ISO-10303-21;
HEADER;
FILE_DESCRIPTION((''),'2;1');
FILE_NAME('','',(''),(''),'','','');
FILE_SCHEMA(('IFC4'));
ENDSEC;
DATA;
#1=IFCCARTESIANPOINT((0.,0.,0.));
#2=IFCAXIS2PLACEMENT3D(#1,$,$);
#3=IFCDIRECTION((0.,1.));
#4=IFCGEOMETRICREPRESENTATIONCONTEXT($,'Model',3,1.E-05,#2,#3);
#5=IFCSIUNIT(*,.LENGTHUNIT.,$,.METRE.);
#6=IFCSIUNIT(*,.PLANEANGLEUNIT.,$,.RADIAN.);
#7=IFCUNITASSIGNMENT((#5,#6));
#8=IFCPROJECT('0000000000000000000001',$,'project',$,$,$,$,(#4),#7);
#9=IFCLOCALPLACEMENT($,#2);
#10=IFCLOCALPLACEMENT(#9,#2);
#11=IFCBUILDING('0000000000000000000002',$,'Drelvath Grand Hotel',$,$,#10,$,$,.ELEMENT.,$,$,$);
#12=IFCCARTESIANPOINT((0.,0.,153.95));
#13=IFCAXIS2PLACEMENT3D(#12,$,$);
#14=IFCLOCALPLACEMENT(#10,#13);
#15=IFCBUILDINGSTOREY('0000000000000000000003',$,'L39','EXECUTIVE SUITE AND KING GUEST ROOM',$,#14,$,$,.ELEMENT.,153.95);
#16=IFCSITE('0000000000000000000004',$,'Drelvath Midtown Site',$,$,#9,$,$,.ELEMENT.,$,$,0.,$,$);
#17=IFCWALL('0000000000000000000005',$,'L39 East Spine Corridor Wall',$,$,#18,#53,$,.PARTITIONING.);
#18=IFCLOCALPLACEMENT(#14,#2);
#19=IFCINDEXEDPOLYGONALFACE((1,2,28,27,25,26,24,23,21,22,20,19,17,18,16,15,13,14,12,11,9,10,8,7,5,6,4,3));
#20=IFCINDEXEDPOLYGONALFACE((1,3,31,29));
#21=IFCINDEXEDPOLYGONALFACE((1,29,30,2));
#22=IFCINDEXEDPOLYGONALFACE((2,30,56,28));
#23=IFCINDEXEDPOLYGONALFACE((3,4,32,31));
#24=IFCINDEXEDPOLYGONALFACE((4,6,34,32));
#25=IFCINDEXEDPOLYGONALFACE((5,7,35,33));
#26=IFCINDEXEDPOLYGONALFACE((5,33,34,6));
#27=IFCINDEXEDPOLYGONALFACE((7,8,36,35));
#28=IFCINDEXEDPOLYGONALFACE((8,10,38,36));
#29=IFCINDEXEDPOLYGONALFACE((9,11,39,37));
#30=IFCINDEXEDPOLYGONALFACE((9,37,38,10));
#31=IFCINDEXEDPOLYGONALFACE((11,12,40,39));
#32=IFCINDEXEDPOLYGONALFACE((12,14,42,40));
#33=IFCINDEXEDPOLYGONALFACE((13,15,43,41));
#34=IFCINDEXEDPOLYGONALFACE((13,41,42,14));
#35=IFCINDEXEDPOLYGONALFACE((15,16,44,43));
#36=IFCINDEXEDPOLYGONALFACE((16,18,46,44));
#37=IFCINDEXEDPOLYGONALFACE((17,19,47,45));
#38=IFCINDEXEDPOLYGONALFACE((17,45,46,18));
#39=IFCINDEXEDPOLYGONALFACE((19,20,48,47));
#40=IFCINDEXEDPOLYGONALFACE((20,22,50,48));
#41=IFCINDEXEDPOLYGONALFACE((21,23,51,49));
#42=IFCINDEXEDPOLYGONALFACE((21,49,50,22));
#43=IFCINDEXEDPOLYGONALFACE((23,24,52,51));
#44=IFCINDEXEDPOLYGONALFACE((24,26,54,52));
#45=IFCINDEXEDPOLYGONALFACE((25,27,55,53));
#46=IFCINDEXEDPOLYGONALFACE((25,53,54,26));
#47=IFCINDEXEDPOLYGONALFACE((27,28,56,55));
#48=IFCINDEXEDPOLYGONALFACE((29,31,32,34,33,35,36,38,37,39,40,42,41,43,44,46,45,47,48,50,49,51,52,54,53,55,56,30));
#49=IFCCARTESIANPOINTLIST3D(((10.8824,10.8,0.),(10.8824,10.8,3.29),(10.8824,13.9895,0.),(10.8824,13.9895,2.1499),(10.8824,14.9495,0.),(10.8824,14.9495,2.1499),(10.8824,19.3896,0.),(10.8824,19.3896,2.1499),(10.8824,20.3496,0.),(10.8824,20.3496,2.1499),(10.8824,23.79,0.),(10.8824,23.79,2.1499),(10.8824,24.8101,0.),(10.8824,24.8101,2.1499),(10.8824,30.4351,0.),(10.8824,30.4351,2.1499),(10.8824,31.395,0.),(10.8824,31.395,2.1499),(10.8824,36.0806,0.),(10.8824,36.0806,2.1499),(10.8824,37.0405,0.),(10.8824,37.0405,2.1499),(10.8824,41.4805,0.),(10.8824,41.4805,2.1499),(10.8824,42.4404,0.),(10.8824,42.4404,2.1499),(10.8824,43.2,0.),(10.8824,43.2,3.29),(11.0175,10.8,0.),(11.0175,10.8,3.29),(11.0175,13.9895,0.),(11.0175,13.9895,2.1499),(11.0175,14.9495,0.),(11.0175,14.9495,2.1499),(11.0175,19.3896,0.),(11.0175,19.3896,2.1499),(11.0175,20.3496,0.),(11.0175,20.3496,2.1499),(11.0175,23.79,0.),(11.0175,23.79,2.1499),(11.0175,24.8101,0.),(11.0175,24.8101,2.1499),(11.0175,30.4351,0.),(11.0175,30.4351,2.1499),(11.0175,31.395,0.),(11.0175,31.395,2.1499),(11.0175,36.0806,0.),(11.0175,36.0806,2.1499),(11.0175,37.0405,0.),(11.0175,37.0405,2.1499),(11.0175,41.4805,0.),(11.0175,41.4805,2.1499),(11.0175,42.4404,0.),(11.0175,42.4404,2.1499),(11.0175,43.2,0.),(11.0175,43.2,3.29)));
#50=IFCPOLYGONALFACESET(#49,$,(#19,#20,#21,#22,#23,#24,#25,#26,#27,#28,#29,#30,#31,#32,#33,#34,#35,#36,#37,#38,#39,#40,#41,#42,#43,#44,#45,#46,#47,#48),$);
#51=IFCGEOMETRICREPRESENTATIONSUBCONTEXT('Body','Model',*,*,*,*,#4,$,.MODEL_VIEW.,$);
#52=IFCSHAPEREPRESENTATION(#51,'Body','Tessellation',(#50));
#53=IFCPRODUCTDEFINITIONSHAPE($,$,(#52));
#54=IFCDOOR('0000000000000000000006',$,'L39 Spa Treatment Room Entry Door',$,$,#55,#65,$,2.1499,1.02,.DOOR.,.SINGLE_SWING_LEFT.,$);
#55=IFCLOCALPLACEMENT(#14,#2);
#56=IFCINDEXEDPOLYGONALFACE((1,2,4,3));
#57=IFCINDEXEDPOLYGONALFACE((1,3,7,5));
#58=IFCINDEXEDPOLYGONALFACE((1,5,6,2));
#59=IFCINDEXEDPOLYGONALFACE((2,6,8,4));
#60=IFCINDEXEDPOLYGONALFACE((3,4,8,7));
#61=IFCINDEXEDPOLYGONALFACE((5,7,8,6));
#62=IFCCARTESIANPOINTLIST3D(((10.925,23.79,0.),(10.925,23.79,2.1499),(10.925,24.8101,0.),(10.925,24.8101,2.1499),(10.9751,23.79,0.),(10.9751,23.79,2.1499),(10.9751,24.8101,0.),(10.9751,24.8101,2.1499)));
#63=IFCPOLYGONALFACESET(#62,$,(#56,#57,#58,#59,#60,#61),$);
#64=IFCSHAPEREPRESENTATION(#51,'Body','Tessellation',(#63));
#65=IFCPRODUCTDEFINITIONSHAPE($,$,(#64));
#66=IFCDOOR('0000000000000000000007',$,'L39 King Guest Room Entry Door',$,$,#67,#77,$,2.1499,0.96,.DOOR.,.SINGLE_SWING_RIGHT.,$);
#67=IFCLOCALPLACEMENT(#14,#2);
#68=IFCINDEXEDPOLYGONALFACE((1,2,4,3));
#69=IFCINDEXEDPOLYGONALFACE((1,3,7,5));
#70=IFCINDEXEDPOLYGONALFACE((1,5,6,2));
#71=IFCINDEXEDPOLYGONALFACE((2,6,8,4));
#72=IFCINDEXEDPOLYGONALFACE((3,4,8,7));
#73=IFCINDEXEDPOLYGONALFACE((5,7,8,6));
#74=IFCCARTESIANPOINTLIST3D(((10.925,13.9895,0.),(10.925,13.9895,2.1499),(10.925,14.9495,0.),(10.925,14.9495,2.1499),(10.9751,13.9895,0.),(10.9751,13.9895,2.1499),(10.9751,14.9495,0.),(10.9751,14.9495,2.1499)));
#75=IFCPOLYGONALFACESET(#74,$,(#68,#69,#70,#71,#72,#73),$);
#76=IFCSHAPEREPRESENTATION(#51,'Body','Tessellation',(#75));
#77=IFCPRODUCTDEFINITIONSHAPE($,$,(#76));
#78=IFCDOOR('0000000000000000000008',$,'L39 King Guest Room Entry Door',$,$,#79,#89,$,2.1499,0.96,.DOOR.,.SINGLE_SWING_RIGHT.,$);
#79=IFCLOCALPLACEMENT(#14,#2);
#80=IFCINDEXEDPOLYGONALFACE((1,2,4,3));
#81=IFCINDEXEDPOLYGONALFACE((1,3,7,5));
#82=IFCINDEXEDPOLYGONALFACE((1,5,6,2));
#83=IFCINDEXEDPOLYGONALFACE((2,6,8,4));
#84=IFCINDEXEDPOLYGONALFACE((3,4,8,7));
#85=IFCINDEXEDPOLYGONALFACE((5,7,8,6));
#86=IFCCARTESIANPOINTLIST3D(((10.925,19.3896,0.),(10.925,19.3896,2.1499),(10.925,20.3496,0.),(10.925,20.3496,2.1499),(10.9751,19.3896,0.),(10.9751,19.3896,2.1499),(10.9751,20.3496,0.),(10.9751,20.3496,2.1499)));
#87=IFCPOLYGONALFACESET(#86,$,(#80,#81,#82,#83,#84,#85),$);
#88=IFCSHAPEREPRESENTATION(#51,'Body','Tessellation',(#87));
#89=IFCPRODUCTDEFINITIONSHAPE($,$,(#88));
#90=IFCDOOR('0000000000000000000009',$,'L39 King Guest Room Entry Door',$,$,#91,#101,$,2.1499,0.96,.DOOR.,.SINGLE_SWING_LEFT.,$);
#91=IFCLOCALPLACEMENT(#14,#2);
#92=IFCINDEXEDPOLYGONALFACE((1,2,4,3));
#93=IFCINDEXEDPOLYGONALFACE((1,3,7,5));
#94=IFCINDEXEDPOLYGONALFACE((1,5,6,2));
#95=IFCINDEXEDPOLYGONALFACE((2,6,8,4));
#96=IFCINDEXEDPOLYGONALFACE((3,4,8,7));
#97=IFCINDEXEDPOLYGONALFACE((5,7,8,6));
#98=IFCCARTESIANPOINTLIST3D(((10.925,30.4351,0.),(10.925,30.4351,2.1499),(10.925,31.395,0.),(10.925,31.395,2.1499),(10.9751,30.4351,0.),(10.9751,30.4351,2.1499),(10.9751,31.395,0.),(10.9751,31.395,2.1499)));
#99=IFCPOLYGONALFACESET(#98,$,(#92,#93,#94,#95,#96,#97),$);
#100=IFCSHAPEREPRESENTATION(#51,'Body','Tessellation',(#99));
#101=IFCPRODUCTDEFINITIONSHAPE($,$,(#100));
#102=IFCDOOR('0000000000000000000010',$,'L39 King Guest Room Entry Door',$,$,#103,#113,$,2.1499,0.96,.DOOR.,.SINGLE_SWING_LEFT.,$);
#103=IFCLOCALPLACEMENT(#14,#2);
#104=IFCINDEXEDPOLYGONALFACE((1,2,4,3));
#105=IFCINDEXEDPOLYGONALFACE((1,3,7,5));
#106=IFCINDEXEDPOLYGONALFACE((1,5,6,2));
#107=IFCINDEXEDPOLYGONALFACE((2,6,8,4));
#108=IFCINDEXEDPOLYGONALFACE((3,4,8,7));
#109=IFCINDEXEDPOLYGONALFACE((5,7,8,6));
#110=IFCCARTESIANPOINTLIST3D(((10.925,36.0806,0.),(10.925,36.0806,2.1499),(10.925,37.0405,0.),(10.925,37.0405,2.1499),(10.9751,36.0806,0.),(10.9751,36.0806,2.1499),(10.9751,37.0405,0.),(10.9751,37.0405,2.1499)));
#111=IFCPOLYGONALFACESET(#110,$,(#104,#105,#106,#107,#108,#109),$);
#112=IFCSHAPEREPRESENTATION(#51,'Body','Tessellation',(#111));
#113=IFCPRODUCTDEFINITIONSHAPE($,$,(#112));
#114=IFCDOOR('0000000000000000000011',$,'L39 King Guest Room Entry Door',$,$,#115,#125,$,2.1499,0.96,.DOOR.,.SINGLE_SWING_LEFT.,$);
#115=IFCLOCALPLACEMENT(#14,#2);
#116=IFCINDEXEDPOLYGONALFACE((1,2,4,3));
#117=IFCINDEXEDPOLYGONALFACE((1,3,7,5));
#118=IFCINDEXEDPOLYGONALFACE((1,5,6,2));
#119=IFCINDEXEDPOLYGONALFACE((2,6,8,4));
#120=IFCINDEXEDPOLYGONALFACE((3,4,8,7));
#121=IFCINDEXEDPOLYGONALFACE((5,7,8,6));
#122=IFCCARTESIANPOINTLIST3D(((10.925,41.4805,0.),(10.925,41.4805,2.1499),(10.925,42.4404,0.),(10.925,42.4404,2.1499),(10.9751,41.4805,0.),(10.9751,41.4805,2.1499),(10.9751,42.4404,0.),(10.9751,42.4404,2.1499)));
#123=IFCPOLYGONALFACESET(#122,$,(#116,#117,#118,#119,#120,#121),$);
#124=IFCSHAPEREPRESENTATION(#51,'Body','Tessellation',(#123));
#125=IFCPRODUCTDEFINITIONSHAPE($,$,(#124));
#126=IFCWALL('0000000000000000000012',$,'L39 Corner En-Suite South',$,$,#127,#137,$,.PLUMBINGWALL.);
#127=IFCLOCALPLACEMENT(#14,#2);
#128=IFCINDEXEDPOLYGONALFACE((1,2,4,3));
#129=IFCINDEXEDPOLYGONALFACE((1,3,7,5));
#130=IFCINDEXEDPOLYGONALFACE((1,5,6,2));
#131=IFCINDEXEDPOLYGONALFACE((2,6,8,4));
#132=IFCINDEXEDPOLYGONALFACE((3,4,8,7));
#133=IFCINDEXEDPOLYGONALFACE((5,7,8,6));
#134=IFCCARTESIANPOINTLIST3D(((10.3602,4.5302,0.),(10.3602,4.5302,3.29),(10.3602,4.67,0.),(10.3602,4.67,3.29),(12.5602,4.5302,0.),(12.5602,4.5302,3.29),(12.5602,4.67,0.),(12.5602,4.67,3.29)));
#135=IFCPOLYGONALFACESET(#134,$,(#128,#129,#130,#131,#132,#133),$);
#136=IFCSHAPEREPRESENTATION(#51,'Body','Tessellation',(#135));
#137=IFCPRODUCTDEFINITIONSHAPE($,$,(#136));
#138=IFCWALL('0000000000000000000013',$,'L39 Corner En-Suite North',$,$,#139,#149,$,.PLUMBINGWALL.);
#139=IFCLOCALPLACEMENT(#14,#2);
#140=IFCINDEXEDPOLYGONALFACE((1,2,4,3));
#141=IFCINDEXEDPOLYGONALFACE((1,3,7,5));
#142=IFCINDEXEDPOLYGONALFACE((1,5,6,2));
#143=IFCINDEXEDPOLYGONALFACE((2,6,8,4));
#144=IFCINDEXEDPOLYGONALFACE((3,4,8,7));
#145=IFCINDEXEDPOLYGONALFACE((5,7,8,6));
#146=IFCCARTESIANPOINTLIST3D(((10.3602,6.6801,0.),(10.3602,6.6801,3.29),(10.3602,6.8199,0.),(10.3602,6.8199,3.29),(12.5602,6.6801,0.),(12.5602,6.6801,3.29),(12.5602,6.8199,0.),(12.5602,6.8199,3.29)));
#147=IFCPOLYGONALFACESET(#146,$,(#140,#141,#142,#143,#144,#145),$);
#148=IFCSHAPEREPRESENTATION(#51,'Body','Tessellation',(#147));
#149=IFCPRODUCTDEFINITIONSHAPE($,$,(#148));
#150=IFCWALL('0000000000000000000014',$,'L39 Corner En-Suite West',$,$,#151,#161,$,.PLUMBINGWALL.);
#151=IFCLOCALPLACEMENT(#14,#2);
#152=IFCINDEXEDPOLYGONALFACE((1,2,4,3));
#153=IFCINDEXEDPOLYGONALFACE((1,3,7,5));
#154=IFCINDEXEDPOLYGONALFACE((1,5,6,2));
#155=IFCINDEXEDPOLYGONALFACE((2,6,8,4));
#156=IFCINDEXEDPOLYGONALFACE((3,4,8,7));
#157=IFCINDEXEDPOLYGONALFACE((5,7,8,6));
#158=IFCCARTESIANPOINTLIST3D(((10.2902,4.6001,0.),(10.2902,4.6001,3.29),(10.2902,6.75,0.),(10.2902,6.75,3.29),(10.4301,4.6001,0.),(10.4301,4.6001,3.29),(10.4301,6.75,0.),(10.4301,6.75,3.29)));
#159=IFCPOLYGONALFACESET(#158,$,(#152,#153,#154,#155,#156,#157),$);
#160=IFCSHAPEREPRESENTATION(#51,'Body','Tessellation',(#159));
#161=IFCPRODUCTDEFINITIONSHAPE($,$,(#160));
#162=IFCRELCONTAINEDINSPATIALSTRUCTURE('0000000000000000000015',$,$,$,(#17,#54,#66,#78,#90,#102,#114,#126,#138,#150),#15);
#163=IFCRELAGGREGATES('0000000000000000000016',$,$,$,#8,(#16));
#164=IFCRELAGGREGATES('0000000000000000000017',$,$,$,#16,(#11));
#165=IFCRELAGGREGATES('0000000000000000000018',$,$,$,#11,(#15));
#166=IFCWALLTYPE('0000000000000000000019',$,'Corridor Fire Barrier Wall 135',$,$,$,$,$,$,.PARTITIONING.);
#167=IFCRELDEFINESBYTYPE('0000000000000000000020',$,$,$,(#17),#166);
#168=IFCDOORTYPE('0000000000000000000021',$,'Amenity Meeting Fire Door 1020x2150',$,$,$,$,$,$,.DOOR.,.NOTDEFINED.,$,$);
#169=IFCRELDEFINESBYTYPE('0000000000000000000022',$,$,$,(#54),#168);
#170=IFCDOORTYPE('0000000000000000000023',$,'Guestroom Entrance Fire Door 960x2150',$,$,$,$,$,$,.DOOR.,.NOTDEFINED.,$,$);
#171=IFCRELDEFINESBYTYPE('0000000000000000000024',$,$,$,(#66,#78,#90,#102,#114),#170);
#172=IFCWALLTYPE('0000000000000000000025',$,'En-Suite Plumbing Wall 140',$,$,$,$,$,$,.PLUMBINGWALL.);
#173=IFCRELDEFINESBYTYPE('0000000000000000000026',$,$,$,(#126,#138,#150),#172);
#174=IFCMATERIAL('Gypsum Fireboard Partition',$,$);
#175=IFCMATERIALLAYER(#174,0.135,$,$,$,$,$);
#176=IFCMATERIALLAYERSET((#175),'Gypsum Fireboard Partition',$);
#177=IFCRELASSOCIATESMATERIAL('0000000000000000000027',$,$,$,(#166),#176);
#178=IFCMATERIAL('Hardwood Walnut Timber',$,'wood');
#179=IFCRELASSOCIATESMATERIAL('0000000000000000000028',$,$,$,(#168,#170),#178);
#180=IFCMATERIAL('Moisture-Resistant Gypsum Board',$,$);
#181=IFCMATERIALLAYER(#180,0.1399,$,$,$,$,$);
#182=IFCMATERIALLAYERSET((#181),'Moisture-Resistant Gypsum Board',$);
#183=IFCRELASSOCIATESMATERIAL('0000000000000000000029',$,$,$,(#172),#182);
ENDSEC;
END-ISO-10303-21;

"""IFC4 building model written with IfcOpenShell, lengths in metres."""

from ifc_helpers import new_model, si_unit, direction, frame, frame_2d, origin, place, context, subcontext, project, spatial, rectangle, extrude, material, layer, layer_set, type_object, element, fill, save


model = new_model("IFC4")

# Units and contexts
model_context = context("Model", 3, precision=1e-05, world=origin(), true_north=direction((0.0, 1.0)))
body_context = subcontext(model_context, "Body", "Model", "MODEL_VIEW")
ifc_project = project(units=[si_unit("LENGTHUNIT", "METRE"), si_unit("PLANEANGLEUNIT", "RADIAN")], contexts=[model_context])

# Site, building, storey
site_placement = place(None, origin())
site = spatial("IfcSite", under=ifc_project, at=site_placement, Name="Drelvath Midtown Site", CompositionType="ELEMENT", RefElevation=0.0)
building_placement = place(site_placement, origin())
building = spatial("IfcBuilding", under=site, at=building_placement, Name="Drelvath Grand Hotel", CompositionType="ELEMENT")
storey_placement = place(building_placement, frame((0.0, 0.0, 153.95)))
storey = spatial("IfcBuildingStorey", under=building, at=storey_placement, Name="L39", Description="EXECUTIVE SUITE AND KING GUEST ROOM", CompositionType="ELEMENT", Elevation=153.95)

# Wall, openings, doors
ifc_material_1 = material(Name="Gypsum Fireboard Partition")
ifc_layer_1 = layer(ifc_material_1, 0.135)
ifc_layer_set_1 = layer_set([ifc_layer_1], Name="Gypsum Fireboard Partition")
wall_type_1 = type_object("IfcWallType", Name="Corridor Fire Barrier Wall 135", PredefinedType="PARTITIONING", material=ifc_layer_set_1)
wall_1_placement = place(storey_placement, frame((10.95, 10.8, 0.0), z_axis=(0.0, 0.0, 1.0), x_axis=(0.0, 1.0, 0.0)))
wall_1 = element("IfcWall", 1, at=wall_1_placement, inside=storey, type_object=wall_type_1, Name="L39 East Spine Corridor Wall", PredefinedType="PARTITIONING", context=body_context, shape_type="SweptSolid", body=[
    extrude(rectangle(XDim=32.3999, YDim=0.135, at=frame_2d((16.2, 0.0))), origin(), (0.0, 0.0, 1.0), 3.29),
])
opening_1_placement = place(wall_1_placement, frame((3.1895, 0.0, 0.0)))
opening_1 = element("IfcOpeningElement", 2, at=opening_1_placement, cuts=wall_1, PredefinedType="OPENING", context=body_context, shape_type="SweptSolid", body=[
    extrude(rectangle(XDim=0.96, YDim=2.1499, at=frame_2d((0.48, 1.075))), frame((0.0, 0.0774, 0.0), z_axis=(0.0, -1.0, 0.0), x_axis=(1.0, 0.0, 0.0)), (0.0, 0.0, 1.0), 0.155),
])
opening_2_placement = place(wall_1_placement, frame((8.5896, 0.0, 0.0)))
opening_2 = element("IfcOpeningElement", 3, at=opening_2_placement, cuts=wall_1, PredefinedType="OPENING", context=body_context, shape_type="SweptSolid", body=[
    extrude(rectangle(XDim=0.96, YDim=2.1499, at=frame_2d((0.48, 1.075))), frame((0.0, 0.0774, 0.0), z_axis=(0.0, -1.0, 0.0), x_axis=(1.0, 0.0, 0.0)), (0.0, 0.0, 1.0), 0.155),
])
opening_3_placement = place(wall_1_placement, frame((12.99, 0.0, 0.0)))
opening_3 = element("IfcOpeningElement", 4, at=opening_3_placement, cuts=wall_1, PredefinedType="OPENING", context=body_context, shape_type="SweptSolid", body=[
    extrude(rectangle(XDim=1.02, YDim=2.1499, at=frame_2d((0.51, 1.075))), frame((0.0, 0.0774, 0.0), z_axis=(0.0, -1.0, 0.0), x_axis=(1.0, 0.0, 0.0)), (0.0, 0.0, 1.0), 0.155),
])
opening_4_placement = place(wall_1_placement, frame((19.635, 0.0, 0.0)))
opening_4 = element("IfcOpeningElement", 5, at=opening_4_placement, cuts=wall_1, PredefinedType="OPENING", context=body_context, shape_type="SweptSolid", body=[
    extrude(rectangle(XDim=0.96, YDim=2.1499, at=frame_2d((0.48, 1.075))), frame((0.0, 0.0774, 0.0), z_axis=(0.0, -1.0, 0.0), x_axis=(1.0, 0.0, 0.0)), (0.0, 0.0, 1.0), 0.155),
])
opening_5_placement = place(wall_1_placement, frame((25.2805, 0.0, 0.0)))
opening_5 = element("IfcOpeningElement", 6, at=opening_5_placement, cuts=wall_1, PredefinedType="OPENING", context=body_context, shape_type="SweptSolid", body=[
    extrude(rectangle(XDim=0.96, YDim=2.1499, at=frame_2d((0.48, 1.075))), frame((0.0, 0.0774, 0.0), z_axis=(0.0, -1.0, 0.0), x_axis=(1.0, 0.0, 0.0)), (0.0, 0.0, 1.0), 0.155),
])
opening_6_placement = place(wall_1_placement, frame((30.6804, 0.0, 0.0)))
opening_6 = element("IfcOpeningElement", 7, at=opening_6_placement, cuts=wall_1, PredefinedType="OPENING", context=body_context, shape_type="SweptSolid", body=[
    extrude(rectangle(XDim=0.96, YDim=2.1499, at=frame_2d((0.48, 1.075))), frame((0.0, 0.0774, 0.0), z_axis=(0.0, -1.0, 0.0), x_axis=(1.0, 0.0, 0.0)), (0.0, 0.0, 1.0), 0.155),
])
ifc_material_2 = material(Name="Hardwood Walnut Timber", Category="wood")
door_type_1 = type_object("IfcDoorType", Name="Amenity Meeting Fire Door 1020x2150", OperationType="NOTDEFINED", PredefinedType="DOOR", material=ifc_material_2)
door_1_placement = place(opening_3_placement, origin())
door_1 = element("IfcDoor", 8, at=door_1_placement, inside=storey, type_object=door_type_1, Name="L39 Spa Treatment Room Entry Door", OperationType="SINGLE_SWING_LEFT", OverallHeight=2.1499, OverallWidth=1.02, PredefinedType="DOOR", context=body_context, shape_type="SweptSolid", body=[
    extrude(rectangle(XDim=1.02, YDim=2.1499, at=frame_2d((0.51, 1.075))), frame((0.0, 0.0249, 0.0), z_axis=(0.0, -1.0, 0.0), x_axis=(1.0, 0.0, 0.0)), (0.0, 0.0, 1.0), 0.05),
])
fill(opening_3, door_1)
door_type_2 = type_object("IfcDoorType", Name="Guestroom Entrance Fire Door 960x2150", OperationType="NOTDEFINED", PredefinedType="DOOR", material=ifc_material_2)
door_2_placement = place(opening_1_placement, origin())
door_2 = element("IfcDoor", 9, at=door_2_placement, inside=storey, type_object=door_type_2, Name="L39 King Guest Room Entry Door", OperationType="SINGLE_SWING_RIGHT", OverallHeight=2.1499, OverallWidth=0.96, PredefinedType="DOOR", context=body_context, shape_type="SweptSolid", body=[
    extrude(rectangle(XDim=0.96, YDim=2.1499, at=frame_2d((0.48, 1.075))), frame((0.0, 0.0249, 0.0), z_axis=(0.0, -1.0, 0.0), x_axis=(1.0, 0.0, 0.0)), (0.0, 0.0, 1.0), 0.05),
])
fill(opening_1, door_2)
door_3_placement = place(opening_2_placement, origin())
door_3 = element("IfcDoor", 10, at=door_3_placement, inside=storey, type_object=door_type_2, Name="L39 King Guest Room Entry Door", OperationType="SINGLE_SWING_RIGHT", OverallHeight=2.1499, OverallWidth=0.96, PredefinedType="DOOR", context=body_context, shape_type="SweptSolid", body=[
    extrude(rectangle(XDim=0.96, YDim=2.1499, at=frame_2d((0.48, 1.075))), frame((0.0, 0.0249, 0.0), z_axis=(0.0, -1.0, 0.0), x_axis=(1.0, 0.0, 0.0)), (0.0, 0.0, 1.0), 0.05),
])
fill(opening_2, door_3)
door_4_placement = place(opening_4_placement, origin())
door_4 = element("IfcDoor", 11, at=door_4_placement, inside=storey, type_object=door_type_2, Name="L39 King Guest Room Entry Door", OperationType="SINGLE_SWING_LEFT", OverallHeight=2.1499, OverallWidth=0.96, PredefinedType="DOOR", context=body_context, shape_type="SweptSolid", body=[
    extrude(rectangle(XDim=0.96, YDim=2.1499, at=frame_2d((0.48, 1.075))), frame((0.0, 0.0249, 0.0), z_axis=(0.0, -1.0, 0.0), x_axis=(1.0, 0.0, 0.0)), (0.0, 0.0, 1.0), 0.05),
])
fill(opening_4, door_4)
door_5_placement = place(opening_5_placement, origin())
door_5 = element("IfcDoor", 12, at=door_5_placement, inside=storey, type_object=door_type_2, Name="L39 King Guest Room Entry Door", OperationType="SINGLE_SWING_LEFT", OverallHeight=2.1499, OverallWidth=0.96, PredefinedType="DOOR", context=body_context, shape_type="SweptSolid", body=[
    extrude(rectangle(XDim=0.96, YDim=2.1499, at=frame_2d((0.48, 1.075))), frame((0.0, 0.0249, 0.0), z_axis=(0.0, -1.0, 0.0), x_axis=(1.0, 0.0, 0.0)), (0.0, 0.0, 1.0), 0.05),
])
fill(opening_5, door_5)
door_6_placement = place(opening_6_placement, origin())
door_6 = element("IfcDoor", 13, at=door_6_placement, inside=storey, type_object=door_type_2, Name="L39 King Guest Room Entry Door", OperationType="SINGLE_SWING_LEFT", OverallHeight=2.1499, OverallWidth=0.96, PredefinedType="DOOR", context=body_context, shape_type="SweptSolid", body=[
    extrude(rectangle(XDim=0.96, YDim=2.1499, at=frame_2d((0.48, 1.075))), frame((0.0, 0.0249, 0.0), z_axis=(0.0, -1.0, 0.0), x_axis=(1.0, 0.0, 0.0)), (0.0, 0.0, 1.0), 0.05),
])
fill(opening_6, door_6)

# Walls
ifc_material_3 = material(Name="Moisture-Resistant Gypsum Board")
ifc_layer_2 = layer(ifc_material_3, 0.1399)
ifc_layer_set_2 = layer_set([ifc_layer_2], Name="Moisture-Resistant Gypsum Board")
wall_type_2 = type_object("IfcWallType", Name="En-Suite Plumbing Wall 140", PredefinedType="PLUMBINGWALL", material=ifc_layer_set_2)
for number, where, z_axis, x_axis, name in (
    (14, (10.3601, 4.6001, 0.0), (0.0, 0.0, 1.0), (1.0, 0.0, 0.0), "L39 Corner En-Suite South"),
    (15, (10.3601, 6.75, 0.0), (0.0, 0.0, 1.0), (1.0, 0.0, 0.0), "L39 Corner En-Suite North"),
):
    element("IfcWall", number, at=place(storey_placement, frame(where, z_axis=z_axis, x_axis=x_axis)), inside=storey, type_object=wall_type_2, Name=name, PredefinedType="PLUMBINGWALL", context=body_context, shape_type="SweptSolid", body=[
        extrude(rectangle(XDim=2.2, YDim=0.1399, at=frame_2d((1.1001, 0.0))), origin(), (0.0, 0.0, 1.0), 3.29),
    ])
wall_2_placement = place(storey_placement, frame((10.3601, 4.6001, 0.0), z_axis=(0.0, 0.0, 1.0), x_axis=(0.0, 1.0, 0.0)))
element("IfcWall", 16, at=wall_2_placement, inside=storey, type_object=wall_type_2, Name="L39 Corner En-Suite West", PredefinedType="PLUMBINGWALL", context=body_context, shape_type="SweptSolid", body=[
    extrude(rectangle(XDim=2.1499, YDim=0.1399, at=frame_2d((1.075, 0.0))), origin(), (0.0, 0.0, 1.0), 3.29),
])

save(model, "model.ifc")
